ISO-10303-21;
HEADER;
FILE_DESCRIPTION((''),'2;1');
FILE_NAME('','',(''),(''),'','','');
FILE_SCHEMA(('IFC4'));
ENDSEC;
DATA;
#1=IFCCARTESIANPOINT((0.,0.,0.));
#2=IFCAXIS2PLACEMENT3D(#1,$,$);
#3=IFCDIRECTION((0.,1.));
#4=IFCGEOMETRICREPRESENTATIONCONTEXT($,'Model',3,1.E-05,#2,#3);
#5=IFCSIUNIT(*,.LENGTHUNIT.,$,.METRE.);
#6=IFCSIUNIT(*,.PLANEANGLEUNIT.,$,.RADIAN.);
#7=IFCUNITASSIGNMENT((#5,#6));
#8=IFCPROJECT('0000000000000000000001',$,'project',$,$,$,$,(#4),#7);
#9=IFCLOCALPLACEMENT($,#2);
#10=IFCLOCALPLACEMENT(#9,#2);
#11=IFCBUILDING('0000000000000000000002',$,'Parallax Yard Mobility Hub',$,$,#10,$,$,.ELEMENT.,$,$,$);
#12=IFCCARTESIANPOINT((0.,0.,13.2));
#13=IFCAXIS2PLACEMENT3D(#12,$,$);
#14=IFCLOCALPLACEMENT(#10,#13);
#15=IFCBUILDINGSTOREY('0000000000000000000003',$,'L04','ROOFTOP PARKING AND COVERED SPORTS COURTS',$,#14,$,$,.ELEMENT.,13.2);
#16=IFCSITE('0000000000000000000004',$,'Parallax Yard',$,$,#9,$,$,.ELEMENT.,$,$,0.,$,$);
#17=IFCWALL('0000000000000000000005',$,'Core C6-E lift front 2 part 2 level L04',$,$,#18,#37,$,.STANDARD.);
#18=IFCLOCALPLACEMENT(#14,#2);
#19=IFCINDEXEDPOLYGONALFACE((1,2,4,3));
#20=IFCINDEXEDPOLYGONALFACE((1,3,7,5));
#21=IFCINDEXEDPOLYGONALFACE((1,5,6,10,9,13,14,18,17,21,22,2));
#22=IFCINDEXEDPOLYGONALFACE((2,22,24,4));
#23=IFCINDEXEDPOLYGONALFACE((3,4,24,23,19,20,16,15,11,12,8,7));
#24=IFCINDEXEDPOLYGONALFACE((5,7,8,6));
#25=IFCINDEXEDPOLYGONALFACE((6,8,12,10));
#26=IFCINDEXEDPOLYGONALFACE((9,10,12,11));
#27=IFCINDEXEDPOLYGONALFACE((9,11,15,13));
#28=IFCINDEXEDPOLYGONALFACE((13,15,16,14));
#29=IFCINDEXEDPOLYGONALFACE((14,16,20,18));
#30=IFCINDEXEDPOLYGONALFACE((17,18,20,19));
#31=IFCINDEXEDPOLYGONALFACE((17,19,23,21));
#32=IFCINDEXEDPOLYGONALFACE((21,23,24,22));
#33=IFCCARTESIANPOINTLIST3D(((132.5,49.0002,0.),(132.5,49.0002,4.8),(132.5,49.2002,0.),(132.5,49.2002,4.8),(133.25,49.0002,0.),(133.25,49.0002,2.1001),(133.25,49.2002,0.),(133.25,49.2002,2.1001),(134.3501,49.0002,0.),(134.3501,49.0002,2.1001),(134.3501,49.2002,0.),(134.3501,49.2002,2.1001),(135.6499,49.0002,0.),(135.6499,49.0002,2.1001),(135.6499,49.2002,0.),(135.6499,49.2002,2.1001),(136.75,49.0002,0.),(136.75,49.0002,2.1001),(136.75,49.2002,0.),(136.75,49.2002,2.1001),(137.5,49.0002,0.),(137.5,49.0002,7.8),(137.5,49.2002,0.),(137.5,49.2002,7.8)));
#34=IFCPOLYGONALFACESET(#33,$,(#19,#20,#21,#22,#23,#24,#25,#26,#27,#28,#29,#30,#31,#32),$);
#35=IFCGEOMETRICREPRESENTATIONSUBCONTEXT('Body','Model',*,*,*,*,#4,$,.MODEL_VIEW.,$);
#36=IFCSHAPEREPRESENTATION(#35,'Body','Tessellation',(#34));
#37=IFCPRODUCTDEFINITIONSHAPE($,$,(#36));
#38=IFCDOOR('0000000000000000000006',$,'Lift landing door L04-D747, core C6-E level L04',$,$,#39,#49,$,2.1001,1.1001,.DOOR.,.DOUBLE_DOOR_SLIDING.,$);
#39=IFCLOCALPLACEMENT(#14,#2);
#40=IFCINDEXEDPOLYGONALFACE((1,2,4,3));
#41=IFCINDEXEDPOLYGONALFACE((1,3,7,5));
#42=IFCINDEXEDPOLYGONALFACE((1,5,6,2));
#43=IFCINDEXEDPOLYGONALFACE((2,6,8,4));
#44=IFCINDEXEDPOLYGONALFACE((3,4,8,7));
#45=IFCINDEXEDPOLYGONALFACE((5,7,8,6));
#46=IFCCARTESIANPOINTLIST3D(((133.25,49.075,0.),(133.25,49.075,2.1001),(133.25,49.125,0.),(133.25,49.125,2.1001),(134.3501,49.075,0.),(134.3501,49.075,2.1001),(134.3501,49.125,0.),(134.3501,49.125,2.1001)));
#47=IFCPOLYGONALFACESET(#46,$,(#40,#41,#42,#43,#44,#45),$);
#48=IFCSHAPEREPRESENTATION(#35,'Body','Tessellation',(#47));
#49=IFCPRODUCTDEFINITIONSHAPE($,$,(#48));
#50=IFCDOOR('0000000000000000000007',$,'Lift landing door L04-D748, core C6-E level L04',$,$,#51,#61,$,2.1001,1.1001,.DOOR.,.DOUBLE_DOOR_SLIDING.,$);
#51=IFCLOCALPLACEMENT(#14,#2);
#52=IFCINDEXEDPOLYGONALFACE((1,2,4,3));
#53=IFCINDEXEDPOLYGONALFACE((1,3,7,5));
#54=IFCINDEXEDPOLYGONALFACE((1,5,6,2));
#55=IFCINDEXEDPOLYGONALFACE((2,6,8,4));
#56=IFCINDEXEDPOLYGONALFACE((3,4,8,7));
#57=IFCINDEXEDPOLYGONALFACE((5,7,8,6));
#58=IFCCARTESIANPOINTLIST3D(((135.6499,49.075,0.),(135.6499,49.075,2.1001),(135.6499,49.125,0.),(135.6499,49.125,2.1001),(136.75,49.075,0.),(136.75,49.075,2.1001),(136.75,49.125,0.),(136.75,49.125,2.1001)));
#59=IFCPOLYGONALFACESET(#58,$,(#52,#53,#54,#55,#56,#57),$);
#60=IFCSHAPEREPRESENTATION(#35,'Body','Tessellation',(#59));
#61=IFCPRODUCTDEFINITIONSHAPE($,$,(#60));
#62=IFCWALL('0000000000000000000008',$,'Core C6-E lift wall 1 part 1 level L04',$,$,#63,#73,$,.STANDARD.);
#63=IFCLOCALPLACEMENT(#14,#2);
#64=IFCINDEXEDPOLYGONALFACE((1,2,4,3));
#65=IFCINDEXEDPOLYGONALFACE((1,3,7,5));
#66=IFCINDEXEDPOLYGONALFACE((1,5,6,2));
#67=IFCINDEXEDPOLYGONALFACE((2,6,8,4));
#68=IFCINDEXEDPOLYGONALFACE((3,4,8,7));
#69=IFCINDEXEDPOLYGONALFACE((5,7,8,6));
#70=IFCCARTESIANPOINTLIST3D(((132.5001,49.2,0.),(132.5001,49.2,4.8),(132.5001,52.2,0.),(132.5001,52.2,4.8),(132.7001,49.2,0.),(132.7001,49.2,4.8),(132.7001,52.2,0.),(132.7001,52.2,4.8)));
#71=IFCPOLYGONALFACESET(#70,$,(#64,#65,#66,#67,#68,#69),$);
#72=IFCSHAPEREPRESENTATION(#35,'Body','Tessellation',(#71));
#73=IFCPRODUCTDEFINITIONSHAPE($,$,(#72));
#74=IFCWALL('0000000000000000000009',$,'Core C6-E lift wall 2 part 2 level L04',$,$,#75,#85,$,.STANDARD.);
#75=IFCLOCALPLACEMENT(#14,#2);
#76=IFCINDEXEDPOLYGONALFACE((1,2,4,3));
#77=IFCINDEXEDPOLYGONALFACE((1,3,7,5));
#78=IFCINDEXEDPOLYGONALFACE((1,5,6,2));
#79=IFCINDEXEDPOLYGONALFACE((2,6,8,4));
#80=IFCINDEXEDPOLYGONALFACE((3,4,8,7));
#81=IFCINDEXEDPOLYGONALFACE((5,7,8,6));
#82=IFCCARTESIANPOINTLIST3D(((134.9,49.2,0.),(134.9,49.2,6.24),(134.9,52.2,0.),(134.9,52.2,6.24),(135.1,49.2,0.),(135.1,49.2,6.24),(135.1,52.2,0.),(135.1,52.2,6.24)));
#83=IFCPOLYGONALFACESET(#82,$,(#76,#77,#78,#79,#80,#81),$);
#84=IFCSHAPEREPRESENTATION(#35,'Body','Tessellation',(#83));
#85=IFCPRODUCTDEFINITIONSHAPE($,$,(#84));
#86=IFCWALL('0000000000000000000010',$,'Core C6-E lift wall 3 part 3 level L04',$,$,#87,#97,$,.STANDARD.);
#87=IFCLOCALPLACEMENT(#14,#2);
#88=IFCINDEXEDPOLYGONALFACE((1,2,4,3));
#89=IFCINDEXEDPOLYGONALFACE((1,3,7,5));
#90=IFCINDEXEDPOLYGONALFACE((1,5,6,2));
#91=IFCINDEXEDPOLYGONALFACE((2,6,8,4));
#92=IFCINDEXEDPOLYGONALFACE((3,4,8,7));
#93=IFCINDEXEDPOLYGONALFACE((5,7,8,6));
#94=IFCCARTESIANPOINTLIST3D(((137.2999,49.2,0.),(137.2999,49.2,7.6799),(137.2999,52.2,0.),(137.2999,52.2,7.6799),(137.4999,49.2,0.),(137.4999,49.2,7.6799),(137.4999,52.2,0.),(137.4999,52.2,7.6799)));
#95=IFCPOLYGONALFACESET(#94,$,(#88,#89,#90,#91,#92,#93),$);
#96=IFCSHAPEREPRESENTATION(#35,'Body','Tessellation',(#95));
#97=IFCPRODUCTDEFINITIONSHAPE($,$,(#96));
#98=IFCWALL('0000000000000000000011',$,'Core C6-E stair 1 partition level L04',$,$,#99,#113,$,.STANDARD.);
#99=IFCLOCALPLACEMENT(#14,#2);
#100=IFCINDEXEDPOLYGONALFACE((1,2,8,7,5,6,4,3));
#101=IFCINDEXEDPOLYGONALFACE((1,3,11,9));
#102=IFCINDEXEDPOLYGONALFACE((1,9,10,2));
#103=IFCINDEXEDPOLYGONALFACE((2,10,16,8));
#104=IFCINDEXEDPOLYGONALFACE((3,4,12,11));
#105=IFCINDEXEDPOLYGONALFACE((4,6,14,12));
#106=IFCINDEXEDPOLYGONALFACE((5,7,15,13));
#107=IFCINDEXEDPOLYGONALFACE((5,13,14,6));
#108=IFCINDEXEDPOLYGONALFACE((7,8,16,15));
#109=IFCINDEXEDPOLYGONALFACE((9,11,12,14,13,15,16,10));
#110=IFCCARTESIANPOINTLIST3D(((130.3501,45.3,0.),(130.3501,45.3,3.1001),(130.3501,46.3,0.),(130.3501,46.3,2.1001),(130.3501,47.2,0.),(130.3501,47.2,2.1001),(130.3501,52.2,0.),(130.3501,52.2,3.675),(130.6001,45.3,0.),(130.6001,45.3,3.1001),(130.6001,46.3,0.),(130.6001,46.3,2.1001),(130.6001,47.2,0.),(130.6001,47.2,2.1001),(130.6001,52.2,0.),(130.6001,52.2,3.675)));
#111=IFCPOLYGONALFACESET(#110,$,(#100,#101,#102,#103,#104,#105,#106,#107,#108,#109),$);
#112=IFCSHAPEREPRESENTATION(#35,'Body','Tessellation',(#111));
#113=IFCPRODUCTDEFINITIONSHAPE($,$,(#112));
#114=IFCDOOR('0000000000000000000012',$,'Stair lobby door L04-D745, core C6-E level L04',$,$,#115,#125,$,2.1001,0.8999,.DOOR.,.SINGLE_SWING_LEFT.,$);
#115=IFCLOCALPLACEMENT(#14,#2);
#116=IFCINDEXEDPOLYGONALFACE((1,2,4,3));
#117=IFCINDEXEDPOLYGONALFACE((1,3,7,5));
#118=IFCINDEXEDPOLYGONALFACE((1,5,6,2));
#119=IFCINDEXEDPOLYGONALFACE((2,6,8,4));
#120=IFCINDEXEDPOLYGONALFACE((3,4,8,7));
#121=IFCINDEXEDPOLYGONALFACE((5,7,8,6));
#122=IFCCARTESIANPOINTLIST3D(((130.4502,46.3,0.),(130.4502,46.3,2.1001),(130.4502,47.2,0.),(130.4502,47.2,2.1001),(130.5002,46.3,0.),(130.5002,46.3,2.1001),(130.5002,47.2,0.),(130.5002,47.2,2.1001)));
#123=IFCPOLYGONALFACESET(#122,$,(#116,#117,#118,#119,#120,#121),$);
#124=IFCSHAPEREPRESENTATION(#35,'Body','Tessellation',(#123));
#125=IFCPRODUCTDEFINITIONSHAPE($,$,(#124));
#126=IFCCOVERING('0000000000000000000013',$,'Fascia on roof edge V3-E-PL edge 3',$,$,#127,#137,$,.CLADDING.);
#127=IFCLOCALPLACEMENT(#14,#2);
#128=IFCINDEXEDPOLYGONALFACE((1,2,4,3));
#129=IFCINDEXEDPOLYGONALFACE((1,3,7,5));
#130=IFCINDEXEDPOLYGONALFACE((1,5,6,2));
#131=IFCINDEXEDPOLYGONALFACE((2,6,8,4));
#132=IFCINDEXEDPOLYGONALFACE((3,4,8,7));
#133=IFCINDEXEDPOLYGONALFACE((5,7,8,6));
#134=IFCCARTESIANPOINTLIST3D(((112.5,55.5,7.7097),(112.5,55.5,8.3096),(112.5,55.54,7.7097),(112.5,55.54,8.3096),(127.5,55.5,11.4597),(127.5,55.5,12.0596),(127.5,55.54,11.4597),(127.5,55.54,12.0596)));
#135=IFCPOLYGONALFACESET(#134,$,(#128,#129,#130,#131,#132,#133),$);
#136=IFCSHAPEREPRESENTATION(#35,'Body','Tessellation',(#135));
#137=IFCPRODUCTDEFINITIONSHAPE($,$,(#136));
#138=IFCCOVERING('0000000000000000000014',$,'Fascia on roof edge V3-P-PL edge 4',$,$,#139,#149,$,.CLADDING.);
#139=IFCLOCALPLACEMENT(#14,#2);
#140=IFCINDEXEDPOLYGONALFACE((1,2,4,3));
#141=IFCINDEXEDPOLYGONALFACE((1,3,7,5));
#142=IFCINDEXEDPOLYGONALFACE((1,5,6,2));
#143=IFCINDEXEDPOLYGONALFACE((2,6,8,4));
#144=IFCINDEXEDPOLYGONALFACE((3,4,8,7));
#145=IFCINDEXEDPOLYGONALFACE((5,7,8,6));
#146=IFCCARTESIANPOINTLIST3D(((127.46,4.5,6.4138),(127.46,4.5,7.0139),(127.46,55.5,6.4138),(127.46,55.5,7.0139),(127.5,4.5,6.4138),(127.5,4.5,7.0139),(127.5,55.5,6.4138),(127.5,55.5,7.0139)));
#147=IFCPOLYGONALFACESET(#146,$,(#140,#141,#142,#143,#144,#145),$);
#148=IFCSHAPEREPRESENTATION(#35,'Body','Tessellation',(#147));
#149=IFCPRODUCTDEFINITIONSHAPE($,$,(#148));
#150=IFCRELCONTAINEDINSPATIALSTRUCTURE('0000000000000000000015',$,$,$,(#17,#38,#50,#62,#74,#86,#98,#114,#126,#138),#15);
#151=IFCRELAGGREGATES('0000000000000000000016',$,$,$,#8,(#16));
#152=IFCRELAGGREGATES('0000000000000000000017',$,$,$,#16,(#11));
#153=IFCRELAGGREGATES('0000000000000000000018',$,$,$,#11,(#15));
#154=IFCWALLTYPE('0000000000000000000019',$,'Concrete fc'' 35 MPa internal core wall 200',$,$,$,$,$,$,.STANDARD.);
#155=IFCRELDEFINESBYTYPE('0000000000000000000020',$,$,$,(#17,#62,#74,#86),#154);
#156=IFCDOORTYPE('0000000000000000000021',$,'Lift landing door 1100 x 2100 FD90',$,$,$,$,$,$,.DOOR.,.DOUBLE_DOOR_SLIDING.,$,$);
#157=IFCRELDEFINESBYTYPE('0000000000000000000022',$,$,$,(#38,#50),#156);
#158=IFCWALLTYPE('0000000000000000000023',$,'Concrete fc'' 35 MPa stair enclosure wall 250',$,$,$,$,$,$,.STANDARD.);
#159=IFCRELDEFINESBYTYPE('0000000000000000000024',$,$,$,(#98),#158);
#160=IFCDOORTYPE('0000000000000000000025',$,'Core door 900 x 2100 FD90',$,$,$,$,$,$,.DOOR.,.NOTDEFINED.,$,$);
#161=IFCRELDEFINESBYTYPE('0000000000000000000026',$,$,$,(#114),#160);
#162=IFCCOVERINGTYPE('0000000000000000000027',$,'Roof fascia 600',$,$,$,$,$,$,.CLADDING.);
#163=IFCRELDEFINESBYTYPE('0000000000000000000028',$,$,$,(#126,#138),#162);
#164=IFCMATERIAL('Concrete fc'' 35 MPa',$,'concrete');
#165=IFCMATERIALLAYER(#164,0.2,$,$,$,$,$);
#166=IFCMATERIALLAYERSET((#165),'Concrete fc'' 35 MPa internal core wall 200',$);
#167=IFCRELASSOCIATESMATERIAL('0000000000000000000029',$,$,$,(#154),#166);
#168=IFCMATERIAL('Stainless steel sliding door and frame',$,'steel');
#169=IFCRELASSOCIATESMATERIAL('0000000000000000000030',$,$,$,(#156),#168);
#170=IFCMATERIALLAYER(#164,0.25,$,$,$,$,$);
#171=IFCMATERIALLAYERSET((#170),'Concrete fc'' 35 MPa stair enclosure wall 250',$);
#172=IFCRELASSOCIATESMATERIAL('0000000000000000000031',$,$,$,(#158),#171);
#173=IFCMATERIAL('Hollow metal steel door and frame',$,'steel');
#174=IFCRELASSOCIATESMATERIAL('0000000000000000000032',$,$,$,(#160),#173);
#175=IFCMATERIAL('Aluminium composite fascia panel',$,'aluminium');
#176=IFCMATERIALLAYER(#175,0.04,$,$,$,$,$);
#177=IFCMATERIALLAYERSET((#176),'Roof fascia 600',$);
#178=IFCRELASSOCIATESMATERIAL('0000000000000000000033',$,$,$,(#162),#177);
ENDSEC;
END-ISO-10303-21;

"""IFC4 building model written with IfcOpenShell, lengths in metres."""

from ifc_helpers import new_model, si_unit, direction, frame, frame_2d, origin, place, context, subcontext, project, spatial, polyline, rectangle, outline, extrude, material, layer, layer_set, type_object, element, fill, save


model = new_model("IFC4")

# Units and contexts
model_context = context("Model", 3, precision=1e-05, world=origin(), true_north=direction((0.0, 1.0)))
body_context = subcontext(model_context, "Body", "Model", "MODEL_VIEW")
ifc_project = project(units=[si_unit("LENGTHUNIT", "METRE"), si_unit("PLANEANGLEUNIT", "RADIAN")], contexts=[model_context])

# Site, building, storey
site_placement = place(None, origin())
site = spatial("IfcSite", under=ifc_project, at=site_placement, Name="Parallax Yard", CompositionType="ELEMENT", RefElevation=0.0)
building_placement = place(site_placement, origin())
building = spatial("IfcBuilding", under=site, at=building_placement, Name="Parallax Yard Mobility Hub", CompositionType="ELEMENT")
storey_placement = place(building_placement, frame((0.0, 0.0, 13.2)))
storey = spatial("IfcBuildingStorey", under=building, at=storey_placement, Name="L04", Description="ROOFTOP PARKING AND COVERED SPORTS COURTS", CompositionType="ELEMENT", Elevation=13.2)

# Shared definitions
ifc_material_1 = material(Name="Concrete fc' 35 MPa", Category="concrete")

# Shared definitions
ifc_layer_1 = layer(ifc_material_1, 0.2)
ifc_layer_set_1 = layer_set([ifc_layer_1], Name="Concrete fc' 35 MPa internal core wall 200")
wall_type_1 = type_object("IfcWallType", Name="Concrete fc' 35 MPa internal core wall 200", PredefinedType="STANDARD", material=ifc_layer_set_1)
ifc_material_2 = material(Name="Hollow metal steel door and frame", Category="steel")

# Wall, openings, doors
wall_1_placement = place(storey_placement, frame((132.5, 49.1001, 0.0), z_axis=(0.0, 0.0, 1.0), x_axis=(1.0, 0.0, 0.0)))
wall_1 = element("IfcWall", 1, at=wall_1_placement, inside=storey, type_object=wall_type_1, Name="Core C6-E lift front 2 part 2 level L04", PredefinedType="STANDARD", context=body_context, shape_type="SweptSolid", body=[
    extrude(outline(polyline([(0.0, 0.0), (5.0, 0.0), (5.0, 7.8), (0.0, 4.8), (0.0, 0.0)])), frame((0.0, 0.1001, 0.0), z_axis=(0.0, -1.0, 0.0), x_axis=(1.0, 0.0, 0.0)), (0.0, 0.0, 1.0), 0.2),
])
opening_1_placement = place(wall_1_placement, frame((0.75, 0.0, 0.0)))
opening_1 = element("IfcOpeningElement", 2, at=opening_1_placement, cuts=wall_1, PredefinedType="OPENING", context=body_context, shape_type="SweptSolid", body=[
    extrude(rectangle(XDim=1.1001, YDim=2.1001, at=frame_2d((0.55, 1.05))), frame((0.0, 0.1099, 0.0), z_axis=(0.0, -1.0, 0.0), x_axis=(1.0, 0.0, 0.0)), (0.0, 0.0, 1.0), 0.22),
])
opening_2_placement = place(wall_1_placement, frame((3.1499, 0.0, 0.0)))
opening_2 = element("IfcOpeningElement", 3, at=opening_2_placement, cuts=wall_1, PredefinedType="OPENING", context=body_context, shape_type="SweptSolid", body=[
    extrude(rectangle(XDim=1.1001, YDim=2.1001, at=frame_2d((0.55, 1.05))), frame((0.0, 0.1099, 0.0), z_axis=(0.0, -1.0, 0.0), x_axis=(1.0, 0.0, 0.0)), (0.0, 0.0, 1.0), 0.22),
])
ifc_material_3 = material(Name="Stainless steel sliding door and frame", Category="steel")
door_type_1 = type_object("IfcDoorType", Name="Lift landing door 1100 x 2100 FD90", OperationType="DOUBLE_DOOR_SLIDING", PredefinedType="DOOR", material=ifc_material_3)
door_1_placement = place(opening_1_placement, origin())
door_1 = element("IfcDoor", 4, at=door_1_placement, inside=storey, type_object=door_type_1, Name="Lift landing door L04-D747, core C6-E level L04", OperationType="DOUBLE_DOOR_SLIDING", OverallHeight=2.1001, OverallWidth=1.1001, PredefinedType="DOOR", context=body_context, shape_type="SweptSolid", body=[
    extrude(rectangle(XDim=1.1001, YDim=2.1001, at=frame_2d((0.55, 1.05))), frame((0.0, 0.0249, 0.0), z_axis=(0.0, -1.0, 0.0), x_axis=(1.0, 0.0, 0.0)), (0.0, 0.0, 1.0), 0.05),
])
fill(opening_1, door_1)
door_2_placement = place(opening_2_placement, origin())
door_2 = element("IfcDoor", 5, at=door_2_placement, inside=storey, type_object=door_type_1, Name="Lift landing door L04-D748, core C6-E level L04", OperationType="DOUBLE_DOOR_SLIDING", OverallHeight=2.1001, OverallWidth=1.1001, PredefinedType="DOOR", context=body_context, shape_type="SweptSolid", body=[
    extrude(rectangle(XDim=1.1001, YDim=2.1001, at=frame_2d((0.55, 1.05))), frame((0.0, 0.0249, 0.0), z_axis=(0.0, -1.0, 0.0), x_axis=(1.0, 0.0, 0.0)), (0.0, 0.0, 1.0), 0.05),
])
fill(opening_2, door_2)

# Walls
wall_2_placement = place(storey_placement, frame((132.6001, 49.2, 0.0), z_axis=(0.0, 0.0, 1.0), x_axis=(0.0, 1.0, 0.0)))
element("IfcWall", 6, at=wall_2_placement, inside=storey, type_object=wall_type_1, Name="Core C6-E lift wall 1 part 1 level L04", PredefinedType="STANDARD", context=body_context, shape_type="SweptSolid", body=[
    extrude(rectangle(XDim=3.0, YDim=0.2, at=frame_2d((1.5, 0.0))), origin(), (0.0, 0.0, 1.0), 4.8),
])
wall_3_placement = place(storey_placement, frame((135.0, 49.2, 0.0), z_axis=(0.0, 0.0, 1.0), x_axis=(0.0, 1.0, 0.0)))
element("IfcWall", 7, at=wall_3_placement, inside=storey, type_object=wall_type_1, Name="Core C6-E lift wall 2 part 2 level L04", PredefinedType="STANDARD", context=body_context, shape_type="SweptSolid", body=[
    extrude(rectangle(XDim=3.0, YDim=0.2, at=frame_2d((1.5, 0.0))), origin(), (0.0, 0.0, 1.0), 6.24),
])
wall_4_placement = place(storey_placement, frame((137.3999, 49.2, 0.0), z_axis=(0.0, 0.0, 1.0), x_axis=(0.0, 1.0, 0.0)))
element("IfcWall", 8, at=wall_4_placement, inside=storey, type_object=wall_type_1, Name="Core C6-E lift wall 3 part 3 level L04", PredefinedType="STANDARD", context=body_context, shape_type="SweptSolid", body=[
    extrude(rectangle(XDim=3.0, YDim=0.2, at=frame_2d((1.5, 0.0))), origin(), (0.0, 0.0, 1.0), 7.6799),
])

# Wall, opening, door
ifc_layer_2 = layer(ifc_material_1, 0.25)
ifc_layer_set_2 = layer_set([ifc_layer_2], Name="Concrete fc' 35 MPa stair enclosure wall 250")
wall_type_2 = type_object("IfcWallType", Name="Concrete fc' 35 MPa stair enclosure wall 250", PredefinedType="STANDARD", material=ifc_layer_set_2)
wall_5_placement = place(storey_placement, frame((130.4751, 45.3, 0.0), z_axis=(0.0, 0.0, 1.0), x_axis=(0.0, 1.0, 0.0)))
wall_5 = element("IfcWall", 9, at=wall_5_placement, inside=storey, type_object=wall_type_2, Name="Core C6-E stair 1 partition level L04", PredefinedType="STANDARD", context=body_context, shape_type="SweptSolid", body=[
    extrude(outline(polyline([(0.0, 0.0), (6.8999, 0.0), (6.8999, 3.675), (0.0, 3.1001), (0.0, 0.0)])), frame((0.0, 0.125, 0.0), z_axis=(0.0, -1.0, 0.0), x_axis=(1.0, 0.0, 0.0)), (0.0, 0.0, 1.0), 0.25),
])
opening_3_placement = place(wall_5_placement, frame((1.0, 0.0, 0.0)))
opening_3 = element("IfcOpeningElement", 10, at=opening_3_placement, cuts=wall_5, PredefinedType="OPENING", context=body_context, shape_type="SweptSolid", body=[
    extrude(rectangle(XDim=0.8999, YDim=2.1001, at=frame_2d((0.45, 1.05))), frame((0.0, 0.135, 0.0), z_axis=(0.0, -1.0, 0.0), x_axis=(1.0, 0.0, 0.0)), (0.0, 0.0, 1.0), 0.27),
])
door_type_2 = type_object("IfcDoorType", Name="Core door 900 x 2100 FD90", OperationType="NOTDEFINED", PredefinedType="DOOR", material=ifc_material_2)
door_3_placement = place(opening_3_placement, origin())
door_3 = element("IfcDoor", 11, at=door_3_placement, inside=storey, type_object=door_type_2, Name="Stair lobby door L04-D745, core C6-E level L04", OperationType="SINGLE_SWING_LEFT", OverallHeight=2.1001, OverallWidth=0.8999, PredefinedType="DOOR", context=body_context, shape_type="SweptSolid", body=[
    extrude(rectangle(XDim=0.8999, YDim=2.1001, at=frame_2d((0.45, 1.05))), frame((0.0, 0.0249, 0.0), z_axis=(0.0, -1.0, 0.0), x_axis=(1.0, 0.0, 0.0)), (0.0, 0.0, 1.0), 0.05),
])
fill(opening_3, door_3)

# Coverings
ifc_material_4 = material(Name="Aluminium composite fascia panel", Category="aluminium")
ifc_layer_3 = layer(ifc_material_4, 0.04)
ifc_layer_set_3 = layer_set([ifc_layer_3], Name="Roof fascia 600")
covering_type = type_object("IfcCoveringType", Name="Roof fascia 600", PredefinedType="CLADDING", material=ifc_layer_set_3)
covering_1_placement = place(storey_placement, frame((127.5, 55.5, 12.0596), z_axis=(0.0, -1.0, 0.0), x_axis=(-0.970143, 0.0, -0.242536)))
element("IfcCovering", 12, at=covering_1_placement, inside=storey, type_object=covering_type, Name="Fascia on roof edge V3-E-PL edge 3", PredefinedType="CLADDING", context=body_context, shape_type="SweptSolid", body=[
    extrude(outline(polyline([(0.0, 0.0), (15.4616, 0.0), (15.6071, 0.5819), (0.1455, 0.5819), (0.0, 0.0)])), origin(), (0.0, 0.0, -1.0), 0.04),
])
covering_2_placement = place(storey_placement, frame((127.5, 55.5, 7.0139), z_axis=(1.0, 0.0, 0.0), x_axis=(0.0, -1.0, 0.0)))
element("IfcCovering", 13, at=covering_2_placement, inside=storey, type_object=covering_type, Name="Fascia on roof edge V3-P-PL edge 4", PredefinedType="CLADDING", context=body_context, shape_type="SweptSolid", body=[
    extrude(outline(polyline([(0.0, 0.0), (51.0, 0.0), (51.0, 0.6001), (0.0, 0.6001), (0.0, 0.0)])), origin(), (0.0, 0.0, -1.0), 0.04),
])

save(model, "model.ifc")
